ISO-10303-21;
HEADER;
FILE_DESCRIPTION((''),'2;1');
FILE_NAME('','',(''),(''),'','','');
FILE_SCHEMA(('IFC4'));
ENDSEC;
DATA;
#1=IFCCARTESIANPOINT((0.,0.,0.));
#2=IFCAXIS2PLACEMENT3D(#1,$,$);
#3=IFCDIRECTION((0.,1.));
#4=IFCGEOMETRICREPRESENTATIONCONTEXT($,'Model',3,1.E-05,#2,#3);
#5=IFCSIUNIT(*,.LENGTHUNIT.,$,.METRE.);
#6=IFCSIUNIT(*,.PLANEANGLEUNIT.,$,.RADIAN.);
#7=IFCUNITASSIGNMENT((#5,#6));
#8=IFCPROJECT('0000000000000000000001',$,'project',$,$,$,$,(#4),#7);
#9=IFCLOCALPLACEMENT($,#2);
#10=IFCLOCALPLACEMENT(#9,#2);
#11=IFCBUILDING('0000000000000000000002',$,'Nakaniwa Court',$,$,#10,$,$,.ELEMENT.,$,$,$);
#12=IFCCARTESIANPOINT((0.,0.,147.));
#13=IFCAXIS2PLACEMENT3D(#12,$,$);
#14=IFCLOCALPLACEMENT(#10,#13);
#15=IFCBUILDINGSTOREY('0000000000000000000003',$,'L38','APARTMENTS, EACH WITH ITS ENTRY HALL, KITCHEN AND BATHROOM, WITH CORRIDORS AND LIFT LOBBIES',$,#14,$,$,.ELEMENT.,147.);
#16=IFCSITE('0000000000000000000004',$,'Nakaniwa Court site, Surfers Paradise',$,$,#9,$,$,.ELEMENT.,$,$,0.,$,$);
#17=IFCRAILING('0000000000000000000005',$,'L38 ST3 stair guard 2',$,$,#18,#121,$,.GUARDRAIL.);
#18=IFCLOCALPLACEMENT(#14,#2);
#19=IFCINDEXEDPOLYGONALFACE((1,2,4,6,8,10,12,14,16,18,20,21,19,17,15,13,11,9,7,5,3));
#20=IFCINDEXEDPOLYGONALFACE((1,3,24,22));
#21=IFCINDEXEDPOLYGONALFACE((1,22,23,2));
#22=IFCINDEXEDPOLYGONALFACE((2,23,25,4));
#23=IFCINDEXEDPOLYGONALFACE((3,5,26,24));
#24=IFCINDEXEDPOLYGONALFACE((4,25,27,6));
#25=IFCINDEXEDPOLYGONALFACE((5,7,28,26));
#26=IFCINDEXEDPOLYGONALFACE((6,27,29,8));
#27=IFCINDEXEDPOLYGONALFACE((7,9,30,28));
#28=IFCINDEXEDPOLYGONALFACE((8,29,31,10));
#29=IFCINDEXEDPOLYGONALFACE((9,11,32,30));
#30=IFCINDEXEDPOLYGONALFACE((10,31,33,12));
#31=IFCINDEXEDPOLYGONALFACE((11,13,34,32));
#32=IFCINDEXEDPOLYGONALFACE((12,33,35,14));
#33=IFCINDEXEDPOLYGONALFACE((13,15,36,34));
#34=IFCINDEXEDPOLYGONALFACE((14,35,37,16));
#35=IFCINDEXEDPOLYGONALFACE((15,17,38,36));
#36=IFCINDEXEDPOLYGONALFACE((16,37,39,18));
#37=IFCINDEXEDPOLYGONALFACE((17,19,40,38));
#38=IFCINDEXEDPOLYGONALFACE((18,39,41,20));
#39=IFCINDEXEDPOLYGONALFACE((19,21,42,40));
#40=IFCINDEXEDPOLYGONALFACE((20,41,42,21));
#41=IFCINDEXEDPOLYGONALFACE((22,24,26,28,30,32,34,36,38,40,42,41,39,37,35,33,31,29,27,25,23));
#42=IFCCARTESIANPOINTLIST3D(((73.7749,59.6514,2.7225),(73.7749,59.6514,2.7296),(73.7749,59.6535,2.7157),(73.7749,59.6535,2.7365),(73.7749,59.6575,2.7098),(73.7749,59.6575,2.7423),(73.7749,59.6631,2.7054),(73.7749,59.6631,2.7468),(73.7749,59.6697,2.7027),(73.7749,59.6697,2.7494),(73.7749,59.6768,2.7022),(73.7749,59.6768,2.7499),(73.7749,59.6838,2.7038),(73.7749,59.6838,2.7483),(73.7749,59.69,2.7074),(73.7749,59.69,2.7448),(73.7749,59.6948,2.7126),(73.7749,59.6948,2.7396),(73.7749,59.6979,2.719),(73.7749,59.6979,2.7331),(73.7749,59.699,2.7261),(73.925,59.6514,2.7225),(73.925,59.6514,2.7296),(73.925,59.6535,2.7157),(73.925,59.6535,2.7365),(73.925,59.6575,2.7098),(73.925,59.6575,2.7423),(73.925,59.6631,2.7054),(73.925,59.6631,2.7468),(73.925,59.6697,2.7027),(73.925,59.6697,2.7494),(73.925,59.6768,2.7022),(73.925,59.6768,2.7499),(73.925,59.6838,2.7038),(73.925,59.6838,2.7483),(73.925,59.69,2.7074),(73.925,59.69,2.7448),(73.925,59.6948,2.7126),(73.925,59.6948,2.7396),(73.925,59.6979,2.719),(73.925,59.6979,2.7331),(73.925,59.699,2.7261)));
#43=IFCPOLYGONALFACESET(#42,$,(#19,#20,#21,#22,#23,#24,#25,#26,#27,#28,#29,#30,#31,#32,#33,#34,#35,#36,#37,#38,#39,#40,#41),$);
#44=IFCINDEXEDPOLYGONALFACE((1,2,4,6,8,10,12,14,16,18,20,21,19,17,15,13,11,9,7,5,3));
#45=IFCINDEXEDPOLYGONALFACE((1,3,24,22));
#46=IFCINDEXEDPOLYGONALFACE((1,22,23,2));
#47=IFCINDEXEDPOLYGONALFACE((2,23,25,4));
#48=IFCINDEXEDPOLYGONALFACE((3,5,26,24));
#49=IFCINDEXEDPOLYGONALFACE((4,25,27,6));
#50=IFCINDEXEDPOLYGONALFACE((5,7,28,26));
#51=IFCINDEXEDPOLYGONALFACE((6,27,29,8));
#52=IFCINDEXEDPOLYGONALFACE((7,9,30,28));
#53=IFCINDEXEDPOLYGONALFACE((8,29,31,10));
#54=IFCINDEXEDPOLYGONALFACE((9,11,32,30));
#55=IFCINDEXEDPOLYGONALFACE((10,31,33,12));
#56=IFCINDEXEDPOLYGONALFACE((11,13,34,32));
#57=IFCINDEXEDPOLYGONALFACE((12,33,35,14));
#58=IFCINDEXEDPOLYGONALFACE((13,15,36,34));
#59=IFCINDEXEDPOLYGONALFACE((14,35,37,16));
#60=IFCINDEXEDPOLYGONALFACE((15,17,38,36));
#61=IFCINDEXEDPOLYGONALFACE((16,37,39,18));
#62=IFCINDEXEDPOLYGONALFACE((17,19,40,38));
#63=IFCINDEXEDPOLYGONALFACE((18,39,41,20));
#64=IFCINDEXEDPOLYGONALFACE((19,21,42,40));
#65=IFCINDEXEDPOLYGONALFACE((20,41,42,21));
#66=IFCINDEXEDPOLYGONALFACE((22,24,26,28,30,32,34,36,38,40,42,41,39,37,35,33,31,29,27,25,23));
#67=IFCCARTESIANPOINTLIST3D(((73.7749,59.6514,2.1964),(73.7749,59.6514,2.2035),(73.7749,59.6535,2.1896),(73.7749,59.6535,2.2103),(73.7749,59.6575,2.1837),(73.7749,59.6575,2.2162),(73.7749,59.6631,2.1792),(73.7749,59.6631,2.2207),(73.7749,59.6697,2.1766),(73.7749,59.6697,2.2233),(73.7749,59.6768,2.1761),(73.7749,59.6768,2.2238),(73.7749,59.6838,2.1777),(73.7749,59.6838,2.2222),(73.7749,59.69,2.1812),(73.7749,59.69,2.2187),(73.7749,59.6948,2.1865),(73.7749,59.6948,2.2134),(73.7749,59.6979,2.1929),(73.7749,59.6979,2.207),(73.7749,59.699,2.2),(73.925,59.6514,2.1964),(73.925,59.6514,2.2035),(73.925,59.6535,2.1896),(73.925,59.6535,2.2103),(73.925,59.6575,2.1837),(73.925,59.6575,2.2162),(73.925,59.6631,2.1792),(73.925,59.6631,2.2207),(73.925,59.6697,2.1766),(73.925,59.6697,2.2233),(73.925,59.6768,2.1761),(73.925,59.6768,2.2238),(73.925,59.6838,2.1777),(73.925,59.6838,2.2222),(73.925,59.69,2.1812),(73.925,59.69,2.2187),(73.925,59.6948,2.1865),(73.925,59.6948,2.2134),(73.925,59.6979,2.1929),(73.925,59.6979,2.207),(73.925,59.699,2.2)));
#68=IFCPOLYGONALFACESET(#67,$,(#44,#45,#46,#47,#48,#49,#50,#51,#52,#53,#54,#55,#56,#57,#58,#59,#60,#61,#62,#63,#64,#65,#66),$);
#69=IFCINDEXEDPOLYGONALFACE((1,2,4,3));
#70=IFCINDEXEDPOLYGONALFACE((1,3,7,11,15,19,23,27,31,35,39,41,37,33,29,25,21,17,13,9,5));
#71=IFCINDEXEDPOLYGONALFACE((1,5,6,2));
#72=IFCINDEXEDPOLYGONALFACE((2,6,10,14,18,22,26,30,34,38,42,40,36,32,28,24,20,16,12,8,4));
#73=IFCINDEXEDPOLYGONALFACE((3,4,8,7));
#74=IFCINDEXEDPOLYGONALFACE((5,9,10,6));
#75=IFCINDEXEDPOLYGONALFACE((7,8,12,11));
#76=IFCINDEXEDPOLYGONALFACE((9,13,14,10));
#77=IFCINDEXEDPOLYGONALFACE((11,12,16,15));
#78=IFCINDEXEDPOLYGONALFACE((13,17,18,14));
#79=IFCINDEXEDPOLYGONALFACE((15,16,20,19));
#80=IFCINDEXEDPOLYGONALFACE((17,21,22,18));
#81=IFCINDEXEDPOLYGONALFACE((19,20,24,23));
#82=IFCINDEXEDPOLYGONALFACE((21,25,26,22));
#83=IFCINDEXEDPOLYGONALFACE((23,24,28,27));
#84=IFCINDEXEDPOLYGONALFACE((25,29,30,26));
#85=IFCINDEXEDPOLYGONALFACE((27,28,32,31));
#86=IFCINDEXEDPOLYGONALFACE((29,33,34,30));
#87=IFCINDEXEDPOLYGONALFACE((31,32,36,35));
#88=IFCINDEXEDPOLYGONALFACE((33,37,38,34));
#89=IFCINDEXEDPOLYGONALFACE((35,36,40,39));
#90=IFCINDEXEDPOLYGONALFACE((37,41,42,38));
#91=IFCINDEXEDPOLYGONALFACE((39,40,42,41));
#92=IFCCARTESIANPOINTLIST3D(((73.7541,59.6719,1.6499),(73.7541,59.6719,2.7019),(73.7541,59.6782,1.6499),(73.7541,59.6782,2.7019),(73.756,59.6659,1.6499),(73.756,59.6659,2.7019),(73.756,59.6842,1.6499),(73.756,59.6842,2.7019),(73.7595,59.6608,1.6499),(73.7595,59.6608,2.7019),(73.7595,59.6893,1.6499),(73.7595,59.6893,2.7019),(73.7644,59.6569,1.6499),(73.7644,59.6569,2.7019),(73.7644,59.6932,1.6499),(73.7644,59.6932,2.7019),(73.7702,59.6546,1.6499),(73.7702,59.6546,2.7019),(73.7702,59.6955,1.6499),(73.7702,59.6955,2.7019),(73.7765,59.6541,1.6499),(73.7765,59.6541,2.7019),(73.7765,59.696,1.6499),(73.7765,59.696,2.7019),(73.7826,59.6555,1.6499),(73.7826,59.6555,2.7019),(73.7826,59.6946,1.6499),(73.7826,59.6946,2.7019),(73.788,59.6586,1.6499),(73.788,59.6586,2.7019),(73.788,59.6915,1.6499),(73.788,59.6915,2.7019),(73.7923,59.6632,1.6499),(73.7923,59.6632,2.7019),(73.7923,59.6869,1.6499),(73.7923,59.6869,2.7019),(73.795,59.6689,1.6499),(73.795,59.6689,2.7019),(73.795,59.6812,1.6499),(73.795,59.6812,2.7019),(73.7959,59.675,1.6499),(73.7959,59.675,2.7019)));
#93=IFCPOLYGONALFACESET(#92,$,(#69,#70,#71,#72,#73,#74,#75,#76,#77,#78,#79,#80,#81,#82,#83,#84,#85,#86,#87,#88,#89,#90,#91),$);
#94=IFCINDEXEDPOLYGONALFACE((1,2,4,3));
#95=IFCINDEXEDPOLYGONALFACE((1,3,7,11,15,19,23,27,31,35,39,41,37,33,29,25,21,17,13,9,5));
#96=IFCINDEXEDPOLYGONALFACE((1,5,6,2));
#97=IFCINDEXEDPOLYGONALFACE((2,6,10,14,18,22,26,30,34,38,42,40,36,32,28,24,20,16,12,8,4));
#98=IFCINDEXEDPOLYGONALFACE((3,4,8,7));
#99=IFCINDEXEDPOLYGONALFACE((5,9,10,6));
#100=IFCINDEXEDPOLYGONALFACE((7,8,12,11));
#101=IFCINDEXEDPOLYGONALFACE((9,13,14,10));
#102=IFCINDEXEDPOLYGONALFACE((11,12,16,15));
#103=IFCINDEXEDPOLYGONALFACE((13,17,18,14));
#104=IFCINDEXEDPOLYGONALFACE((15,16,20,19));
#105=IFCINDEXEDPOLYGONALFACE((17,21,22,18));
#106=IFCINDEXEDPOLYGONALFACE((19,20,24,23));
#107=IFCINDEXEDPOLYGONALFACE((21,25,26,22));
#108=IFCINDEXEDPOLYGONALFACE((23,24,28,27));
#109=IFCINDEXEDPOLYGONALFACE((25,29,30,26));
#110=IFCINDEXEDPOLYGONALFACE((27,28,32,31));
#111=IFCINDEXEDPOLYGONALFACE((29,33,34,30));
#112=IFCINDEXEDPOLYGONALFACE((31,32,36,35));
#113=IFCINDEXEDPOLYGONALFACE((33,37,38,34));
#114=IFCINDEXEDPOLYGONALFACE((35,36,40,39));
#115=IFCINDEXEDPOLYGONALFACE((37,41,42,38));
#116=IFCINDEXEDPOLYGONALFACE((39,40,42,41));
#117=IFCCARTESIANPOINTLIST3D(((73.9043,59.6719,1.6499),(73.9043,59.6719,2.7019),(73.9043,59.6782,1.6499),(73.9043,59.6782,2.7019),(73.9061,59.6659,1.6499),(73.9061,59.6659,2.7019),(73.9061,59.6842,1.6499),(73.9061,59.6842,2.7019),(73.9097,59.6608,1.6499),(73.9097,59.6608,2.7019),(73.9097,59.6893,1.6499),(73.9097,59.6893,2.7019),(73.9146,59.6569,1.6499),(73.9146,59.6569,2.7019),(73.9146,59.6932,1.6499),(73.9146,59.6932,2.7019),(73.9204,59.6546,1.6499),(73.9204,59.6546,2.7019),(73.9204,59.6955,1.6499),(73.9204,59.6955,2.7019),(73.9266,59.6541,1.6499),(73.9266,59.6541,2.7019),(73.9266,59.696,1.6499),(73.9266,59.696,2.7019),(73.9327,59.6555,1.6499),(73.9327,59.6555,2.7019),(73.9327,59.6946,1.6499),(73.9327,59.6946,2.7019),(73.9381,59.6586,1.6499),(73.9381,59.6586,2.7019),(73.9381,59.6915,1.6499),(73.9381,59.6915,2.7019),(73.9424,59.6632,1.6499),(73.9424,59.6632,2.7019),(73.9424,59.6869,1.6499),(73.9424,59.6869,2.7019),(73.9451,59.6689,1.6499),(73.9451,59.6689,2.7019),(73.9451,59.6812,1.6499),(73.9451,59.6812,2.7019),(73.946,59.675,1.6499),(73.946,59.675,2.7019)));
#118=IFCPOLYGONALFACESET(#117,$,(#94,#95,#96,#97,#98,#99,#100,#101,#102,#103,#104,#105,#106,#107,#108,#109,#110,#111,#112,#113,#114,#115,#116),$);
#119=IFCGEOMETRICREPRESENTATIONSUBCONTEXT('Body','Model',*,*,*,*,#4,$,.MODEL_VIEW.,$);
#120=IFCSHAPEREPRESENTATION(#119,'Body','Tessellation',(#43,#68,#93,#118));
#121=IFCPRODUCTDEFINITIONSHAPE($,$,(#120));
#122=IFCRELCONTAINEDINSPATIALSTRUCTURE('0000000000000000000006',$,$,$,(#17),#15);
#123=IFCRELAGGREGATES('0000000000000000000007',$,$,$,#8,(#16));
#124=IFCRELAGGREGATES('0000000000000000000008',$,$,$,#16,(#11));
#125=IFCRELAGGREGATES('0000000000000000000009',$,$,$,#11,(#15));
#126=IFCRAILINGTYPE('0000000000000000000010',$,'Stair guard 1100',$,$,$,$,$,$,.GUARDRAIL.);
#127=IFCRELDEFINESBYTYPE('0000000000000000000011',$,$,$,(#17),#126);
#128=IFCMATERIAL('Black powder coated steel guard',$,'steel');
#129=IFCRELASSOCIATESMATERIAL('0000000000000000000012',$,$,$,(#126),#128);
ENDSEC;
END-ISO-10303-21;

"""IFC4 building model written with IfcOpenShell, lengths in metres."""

from ifc_helpers import new_model, si_unit, direction, frame, origin, origin_2d, place, context, subcontext, project, spatial, circle, extrude, material, type_object, element, save


model = new_model("IFC4")

# Units and contexts
model_context = context("Model", 3, precision=1e-05, world=origin(), true_north=direction((0.0, 1.0)))
body_context = subcontext(model_context, "Body", "Model", "MODEL_VIEW")
ifc_project = project(units=[si_unit("LENGTHUNIT", "METRE"), si_unit("PLANEANGLEUNIT", "RADIAN")], contexts=[model_context])

# Site, building, storey
site_placement = place(None, origin())
site = spatial("IfcSite", under=ifc_project, at=site_placement, Name="Nakaniwa Court site, Surfers Paradise", CompositionType="ELEMENT", RefElevation=0.0)
building_placement = place(site_placement, origin())
building = spatial("IfcBuilding", under=site, at=building_placement, Name="Nakaniwa Court", CompositionType="ELEMENT")
storey_placement = place(building_placement, frame((0.0, 0.0, 147.0)))
storey = spatial("IfcBuildingStorey", under=building, at=storey_placement, Name="L38", Description="APARTMENTS, EACH WITH ITS ENTRY HALL, KITCHEN AND BATHROOM, WITH CORRIDORS AND LIFT LOBBIES", CompositionType="ELEMENT", Elevation=147.0)

# Railing
ifc_material_1 = material(Name="Black powder coated steel guard", Category="steel")
railing_type_1 = type_object("IfcRailingType", Name="Stair guard 1100", PredefinedType="GUARDRAIL", material=ifc_material_1)
railing_1_placement = place(storey_placement, frame((73.7749, 59.675, 1.6499)))
element("IfcRailing", 1, at=railing_1_placement, inside=storey, type_object=railing_type_1, Name="L38 ST3 stair guard 2", PredefinedType="GUARDRAIL", context=body_context, shape_type="SweptSolid", body=[
    extrude(circle(Radius=0.0239, at=origin_2d()), frame((0.0, 0.0, 1.0762), z_axis=(1.0, 0.0, 0.0), x_axis=(0.0, 1.0, 0.0)), (0.0, 0.0, 1.0), 0.1501),
    extrude(circle(Radius=0.0239, at=origin_2d()), frame((0.0, 0.0, 0.55), z_axis=(1.0, 0.0, 0.0), x_axis=(0.0, 1.0, 0.0)), (0.0, 0.0, 1.0), 0.1501),
    extrude(circle(Radius=0.021, at=origin_2d()), origin(), (0.0, 0.0, 1.0), 1.052),
    extrude(circle(Radius=0.021, at=origin_2d()), frame((0.1501, 0.0, 0.0)), (0.0, 0.0, 1.0), 1.052),
])

save(model, "model.ifc")
